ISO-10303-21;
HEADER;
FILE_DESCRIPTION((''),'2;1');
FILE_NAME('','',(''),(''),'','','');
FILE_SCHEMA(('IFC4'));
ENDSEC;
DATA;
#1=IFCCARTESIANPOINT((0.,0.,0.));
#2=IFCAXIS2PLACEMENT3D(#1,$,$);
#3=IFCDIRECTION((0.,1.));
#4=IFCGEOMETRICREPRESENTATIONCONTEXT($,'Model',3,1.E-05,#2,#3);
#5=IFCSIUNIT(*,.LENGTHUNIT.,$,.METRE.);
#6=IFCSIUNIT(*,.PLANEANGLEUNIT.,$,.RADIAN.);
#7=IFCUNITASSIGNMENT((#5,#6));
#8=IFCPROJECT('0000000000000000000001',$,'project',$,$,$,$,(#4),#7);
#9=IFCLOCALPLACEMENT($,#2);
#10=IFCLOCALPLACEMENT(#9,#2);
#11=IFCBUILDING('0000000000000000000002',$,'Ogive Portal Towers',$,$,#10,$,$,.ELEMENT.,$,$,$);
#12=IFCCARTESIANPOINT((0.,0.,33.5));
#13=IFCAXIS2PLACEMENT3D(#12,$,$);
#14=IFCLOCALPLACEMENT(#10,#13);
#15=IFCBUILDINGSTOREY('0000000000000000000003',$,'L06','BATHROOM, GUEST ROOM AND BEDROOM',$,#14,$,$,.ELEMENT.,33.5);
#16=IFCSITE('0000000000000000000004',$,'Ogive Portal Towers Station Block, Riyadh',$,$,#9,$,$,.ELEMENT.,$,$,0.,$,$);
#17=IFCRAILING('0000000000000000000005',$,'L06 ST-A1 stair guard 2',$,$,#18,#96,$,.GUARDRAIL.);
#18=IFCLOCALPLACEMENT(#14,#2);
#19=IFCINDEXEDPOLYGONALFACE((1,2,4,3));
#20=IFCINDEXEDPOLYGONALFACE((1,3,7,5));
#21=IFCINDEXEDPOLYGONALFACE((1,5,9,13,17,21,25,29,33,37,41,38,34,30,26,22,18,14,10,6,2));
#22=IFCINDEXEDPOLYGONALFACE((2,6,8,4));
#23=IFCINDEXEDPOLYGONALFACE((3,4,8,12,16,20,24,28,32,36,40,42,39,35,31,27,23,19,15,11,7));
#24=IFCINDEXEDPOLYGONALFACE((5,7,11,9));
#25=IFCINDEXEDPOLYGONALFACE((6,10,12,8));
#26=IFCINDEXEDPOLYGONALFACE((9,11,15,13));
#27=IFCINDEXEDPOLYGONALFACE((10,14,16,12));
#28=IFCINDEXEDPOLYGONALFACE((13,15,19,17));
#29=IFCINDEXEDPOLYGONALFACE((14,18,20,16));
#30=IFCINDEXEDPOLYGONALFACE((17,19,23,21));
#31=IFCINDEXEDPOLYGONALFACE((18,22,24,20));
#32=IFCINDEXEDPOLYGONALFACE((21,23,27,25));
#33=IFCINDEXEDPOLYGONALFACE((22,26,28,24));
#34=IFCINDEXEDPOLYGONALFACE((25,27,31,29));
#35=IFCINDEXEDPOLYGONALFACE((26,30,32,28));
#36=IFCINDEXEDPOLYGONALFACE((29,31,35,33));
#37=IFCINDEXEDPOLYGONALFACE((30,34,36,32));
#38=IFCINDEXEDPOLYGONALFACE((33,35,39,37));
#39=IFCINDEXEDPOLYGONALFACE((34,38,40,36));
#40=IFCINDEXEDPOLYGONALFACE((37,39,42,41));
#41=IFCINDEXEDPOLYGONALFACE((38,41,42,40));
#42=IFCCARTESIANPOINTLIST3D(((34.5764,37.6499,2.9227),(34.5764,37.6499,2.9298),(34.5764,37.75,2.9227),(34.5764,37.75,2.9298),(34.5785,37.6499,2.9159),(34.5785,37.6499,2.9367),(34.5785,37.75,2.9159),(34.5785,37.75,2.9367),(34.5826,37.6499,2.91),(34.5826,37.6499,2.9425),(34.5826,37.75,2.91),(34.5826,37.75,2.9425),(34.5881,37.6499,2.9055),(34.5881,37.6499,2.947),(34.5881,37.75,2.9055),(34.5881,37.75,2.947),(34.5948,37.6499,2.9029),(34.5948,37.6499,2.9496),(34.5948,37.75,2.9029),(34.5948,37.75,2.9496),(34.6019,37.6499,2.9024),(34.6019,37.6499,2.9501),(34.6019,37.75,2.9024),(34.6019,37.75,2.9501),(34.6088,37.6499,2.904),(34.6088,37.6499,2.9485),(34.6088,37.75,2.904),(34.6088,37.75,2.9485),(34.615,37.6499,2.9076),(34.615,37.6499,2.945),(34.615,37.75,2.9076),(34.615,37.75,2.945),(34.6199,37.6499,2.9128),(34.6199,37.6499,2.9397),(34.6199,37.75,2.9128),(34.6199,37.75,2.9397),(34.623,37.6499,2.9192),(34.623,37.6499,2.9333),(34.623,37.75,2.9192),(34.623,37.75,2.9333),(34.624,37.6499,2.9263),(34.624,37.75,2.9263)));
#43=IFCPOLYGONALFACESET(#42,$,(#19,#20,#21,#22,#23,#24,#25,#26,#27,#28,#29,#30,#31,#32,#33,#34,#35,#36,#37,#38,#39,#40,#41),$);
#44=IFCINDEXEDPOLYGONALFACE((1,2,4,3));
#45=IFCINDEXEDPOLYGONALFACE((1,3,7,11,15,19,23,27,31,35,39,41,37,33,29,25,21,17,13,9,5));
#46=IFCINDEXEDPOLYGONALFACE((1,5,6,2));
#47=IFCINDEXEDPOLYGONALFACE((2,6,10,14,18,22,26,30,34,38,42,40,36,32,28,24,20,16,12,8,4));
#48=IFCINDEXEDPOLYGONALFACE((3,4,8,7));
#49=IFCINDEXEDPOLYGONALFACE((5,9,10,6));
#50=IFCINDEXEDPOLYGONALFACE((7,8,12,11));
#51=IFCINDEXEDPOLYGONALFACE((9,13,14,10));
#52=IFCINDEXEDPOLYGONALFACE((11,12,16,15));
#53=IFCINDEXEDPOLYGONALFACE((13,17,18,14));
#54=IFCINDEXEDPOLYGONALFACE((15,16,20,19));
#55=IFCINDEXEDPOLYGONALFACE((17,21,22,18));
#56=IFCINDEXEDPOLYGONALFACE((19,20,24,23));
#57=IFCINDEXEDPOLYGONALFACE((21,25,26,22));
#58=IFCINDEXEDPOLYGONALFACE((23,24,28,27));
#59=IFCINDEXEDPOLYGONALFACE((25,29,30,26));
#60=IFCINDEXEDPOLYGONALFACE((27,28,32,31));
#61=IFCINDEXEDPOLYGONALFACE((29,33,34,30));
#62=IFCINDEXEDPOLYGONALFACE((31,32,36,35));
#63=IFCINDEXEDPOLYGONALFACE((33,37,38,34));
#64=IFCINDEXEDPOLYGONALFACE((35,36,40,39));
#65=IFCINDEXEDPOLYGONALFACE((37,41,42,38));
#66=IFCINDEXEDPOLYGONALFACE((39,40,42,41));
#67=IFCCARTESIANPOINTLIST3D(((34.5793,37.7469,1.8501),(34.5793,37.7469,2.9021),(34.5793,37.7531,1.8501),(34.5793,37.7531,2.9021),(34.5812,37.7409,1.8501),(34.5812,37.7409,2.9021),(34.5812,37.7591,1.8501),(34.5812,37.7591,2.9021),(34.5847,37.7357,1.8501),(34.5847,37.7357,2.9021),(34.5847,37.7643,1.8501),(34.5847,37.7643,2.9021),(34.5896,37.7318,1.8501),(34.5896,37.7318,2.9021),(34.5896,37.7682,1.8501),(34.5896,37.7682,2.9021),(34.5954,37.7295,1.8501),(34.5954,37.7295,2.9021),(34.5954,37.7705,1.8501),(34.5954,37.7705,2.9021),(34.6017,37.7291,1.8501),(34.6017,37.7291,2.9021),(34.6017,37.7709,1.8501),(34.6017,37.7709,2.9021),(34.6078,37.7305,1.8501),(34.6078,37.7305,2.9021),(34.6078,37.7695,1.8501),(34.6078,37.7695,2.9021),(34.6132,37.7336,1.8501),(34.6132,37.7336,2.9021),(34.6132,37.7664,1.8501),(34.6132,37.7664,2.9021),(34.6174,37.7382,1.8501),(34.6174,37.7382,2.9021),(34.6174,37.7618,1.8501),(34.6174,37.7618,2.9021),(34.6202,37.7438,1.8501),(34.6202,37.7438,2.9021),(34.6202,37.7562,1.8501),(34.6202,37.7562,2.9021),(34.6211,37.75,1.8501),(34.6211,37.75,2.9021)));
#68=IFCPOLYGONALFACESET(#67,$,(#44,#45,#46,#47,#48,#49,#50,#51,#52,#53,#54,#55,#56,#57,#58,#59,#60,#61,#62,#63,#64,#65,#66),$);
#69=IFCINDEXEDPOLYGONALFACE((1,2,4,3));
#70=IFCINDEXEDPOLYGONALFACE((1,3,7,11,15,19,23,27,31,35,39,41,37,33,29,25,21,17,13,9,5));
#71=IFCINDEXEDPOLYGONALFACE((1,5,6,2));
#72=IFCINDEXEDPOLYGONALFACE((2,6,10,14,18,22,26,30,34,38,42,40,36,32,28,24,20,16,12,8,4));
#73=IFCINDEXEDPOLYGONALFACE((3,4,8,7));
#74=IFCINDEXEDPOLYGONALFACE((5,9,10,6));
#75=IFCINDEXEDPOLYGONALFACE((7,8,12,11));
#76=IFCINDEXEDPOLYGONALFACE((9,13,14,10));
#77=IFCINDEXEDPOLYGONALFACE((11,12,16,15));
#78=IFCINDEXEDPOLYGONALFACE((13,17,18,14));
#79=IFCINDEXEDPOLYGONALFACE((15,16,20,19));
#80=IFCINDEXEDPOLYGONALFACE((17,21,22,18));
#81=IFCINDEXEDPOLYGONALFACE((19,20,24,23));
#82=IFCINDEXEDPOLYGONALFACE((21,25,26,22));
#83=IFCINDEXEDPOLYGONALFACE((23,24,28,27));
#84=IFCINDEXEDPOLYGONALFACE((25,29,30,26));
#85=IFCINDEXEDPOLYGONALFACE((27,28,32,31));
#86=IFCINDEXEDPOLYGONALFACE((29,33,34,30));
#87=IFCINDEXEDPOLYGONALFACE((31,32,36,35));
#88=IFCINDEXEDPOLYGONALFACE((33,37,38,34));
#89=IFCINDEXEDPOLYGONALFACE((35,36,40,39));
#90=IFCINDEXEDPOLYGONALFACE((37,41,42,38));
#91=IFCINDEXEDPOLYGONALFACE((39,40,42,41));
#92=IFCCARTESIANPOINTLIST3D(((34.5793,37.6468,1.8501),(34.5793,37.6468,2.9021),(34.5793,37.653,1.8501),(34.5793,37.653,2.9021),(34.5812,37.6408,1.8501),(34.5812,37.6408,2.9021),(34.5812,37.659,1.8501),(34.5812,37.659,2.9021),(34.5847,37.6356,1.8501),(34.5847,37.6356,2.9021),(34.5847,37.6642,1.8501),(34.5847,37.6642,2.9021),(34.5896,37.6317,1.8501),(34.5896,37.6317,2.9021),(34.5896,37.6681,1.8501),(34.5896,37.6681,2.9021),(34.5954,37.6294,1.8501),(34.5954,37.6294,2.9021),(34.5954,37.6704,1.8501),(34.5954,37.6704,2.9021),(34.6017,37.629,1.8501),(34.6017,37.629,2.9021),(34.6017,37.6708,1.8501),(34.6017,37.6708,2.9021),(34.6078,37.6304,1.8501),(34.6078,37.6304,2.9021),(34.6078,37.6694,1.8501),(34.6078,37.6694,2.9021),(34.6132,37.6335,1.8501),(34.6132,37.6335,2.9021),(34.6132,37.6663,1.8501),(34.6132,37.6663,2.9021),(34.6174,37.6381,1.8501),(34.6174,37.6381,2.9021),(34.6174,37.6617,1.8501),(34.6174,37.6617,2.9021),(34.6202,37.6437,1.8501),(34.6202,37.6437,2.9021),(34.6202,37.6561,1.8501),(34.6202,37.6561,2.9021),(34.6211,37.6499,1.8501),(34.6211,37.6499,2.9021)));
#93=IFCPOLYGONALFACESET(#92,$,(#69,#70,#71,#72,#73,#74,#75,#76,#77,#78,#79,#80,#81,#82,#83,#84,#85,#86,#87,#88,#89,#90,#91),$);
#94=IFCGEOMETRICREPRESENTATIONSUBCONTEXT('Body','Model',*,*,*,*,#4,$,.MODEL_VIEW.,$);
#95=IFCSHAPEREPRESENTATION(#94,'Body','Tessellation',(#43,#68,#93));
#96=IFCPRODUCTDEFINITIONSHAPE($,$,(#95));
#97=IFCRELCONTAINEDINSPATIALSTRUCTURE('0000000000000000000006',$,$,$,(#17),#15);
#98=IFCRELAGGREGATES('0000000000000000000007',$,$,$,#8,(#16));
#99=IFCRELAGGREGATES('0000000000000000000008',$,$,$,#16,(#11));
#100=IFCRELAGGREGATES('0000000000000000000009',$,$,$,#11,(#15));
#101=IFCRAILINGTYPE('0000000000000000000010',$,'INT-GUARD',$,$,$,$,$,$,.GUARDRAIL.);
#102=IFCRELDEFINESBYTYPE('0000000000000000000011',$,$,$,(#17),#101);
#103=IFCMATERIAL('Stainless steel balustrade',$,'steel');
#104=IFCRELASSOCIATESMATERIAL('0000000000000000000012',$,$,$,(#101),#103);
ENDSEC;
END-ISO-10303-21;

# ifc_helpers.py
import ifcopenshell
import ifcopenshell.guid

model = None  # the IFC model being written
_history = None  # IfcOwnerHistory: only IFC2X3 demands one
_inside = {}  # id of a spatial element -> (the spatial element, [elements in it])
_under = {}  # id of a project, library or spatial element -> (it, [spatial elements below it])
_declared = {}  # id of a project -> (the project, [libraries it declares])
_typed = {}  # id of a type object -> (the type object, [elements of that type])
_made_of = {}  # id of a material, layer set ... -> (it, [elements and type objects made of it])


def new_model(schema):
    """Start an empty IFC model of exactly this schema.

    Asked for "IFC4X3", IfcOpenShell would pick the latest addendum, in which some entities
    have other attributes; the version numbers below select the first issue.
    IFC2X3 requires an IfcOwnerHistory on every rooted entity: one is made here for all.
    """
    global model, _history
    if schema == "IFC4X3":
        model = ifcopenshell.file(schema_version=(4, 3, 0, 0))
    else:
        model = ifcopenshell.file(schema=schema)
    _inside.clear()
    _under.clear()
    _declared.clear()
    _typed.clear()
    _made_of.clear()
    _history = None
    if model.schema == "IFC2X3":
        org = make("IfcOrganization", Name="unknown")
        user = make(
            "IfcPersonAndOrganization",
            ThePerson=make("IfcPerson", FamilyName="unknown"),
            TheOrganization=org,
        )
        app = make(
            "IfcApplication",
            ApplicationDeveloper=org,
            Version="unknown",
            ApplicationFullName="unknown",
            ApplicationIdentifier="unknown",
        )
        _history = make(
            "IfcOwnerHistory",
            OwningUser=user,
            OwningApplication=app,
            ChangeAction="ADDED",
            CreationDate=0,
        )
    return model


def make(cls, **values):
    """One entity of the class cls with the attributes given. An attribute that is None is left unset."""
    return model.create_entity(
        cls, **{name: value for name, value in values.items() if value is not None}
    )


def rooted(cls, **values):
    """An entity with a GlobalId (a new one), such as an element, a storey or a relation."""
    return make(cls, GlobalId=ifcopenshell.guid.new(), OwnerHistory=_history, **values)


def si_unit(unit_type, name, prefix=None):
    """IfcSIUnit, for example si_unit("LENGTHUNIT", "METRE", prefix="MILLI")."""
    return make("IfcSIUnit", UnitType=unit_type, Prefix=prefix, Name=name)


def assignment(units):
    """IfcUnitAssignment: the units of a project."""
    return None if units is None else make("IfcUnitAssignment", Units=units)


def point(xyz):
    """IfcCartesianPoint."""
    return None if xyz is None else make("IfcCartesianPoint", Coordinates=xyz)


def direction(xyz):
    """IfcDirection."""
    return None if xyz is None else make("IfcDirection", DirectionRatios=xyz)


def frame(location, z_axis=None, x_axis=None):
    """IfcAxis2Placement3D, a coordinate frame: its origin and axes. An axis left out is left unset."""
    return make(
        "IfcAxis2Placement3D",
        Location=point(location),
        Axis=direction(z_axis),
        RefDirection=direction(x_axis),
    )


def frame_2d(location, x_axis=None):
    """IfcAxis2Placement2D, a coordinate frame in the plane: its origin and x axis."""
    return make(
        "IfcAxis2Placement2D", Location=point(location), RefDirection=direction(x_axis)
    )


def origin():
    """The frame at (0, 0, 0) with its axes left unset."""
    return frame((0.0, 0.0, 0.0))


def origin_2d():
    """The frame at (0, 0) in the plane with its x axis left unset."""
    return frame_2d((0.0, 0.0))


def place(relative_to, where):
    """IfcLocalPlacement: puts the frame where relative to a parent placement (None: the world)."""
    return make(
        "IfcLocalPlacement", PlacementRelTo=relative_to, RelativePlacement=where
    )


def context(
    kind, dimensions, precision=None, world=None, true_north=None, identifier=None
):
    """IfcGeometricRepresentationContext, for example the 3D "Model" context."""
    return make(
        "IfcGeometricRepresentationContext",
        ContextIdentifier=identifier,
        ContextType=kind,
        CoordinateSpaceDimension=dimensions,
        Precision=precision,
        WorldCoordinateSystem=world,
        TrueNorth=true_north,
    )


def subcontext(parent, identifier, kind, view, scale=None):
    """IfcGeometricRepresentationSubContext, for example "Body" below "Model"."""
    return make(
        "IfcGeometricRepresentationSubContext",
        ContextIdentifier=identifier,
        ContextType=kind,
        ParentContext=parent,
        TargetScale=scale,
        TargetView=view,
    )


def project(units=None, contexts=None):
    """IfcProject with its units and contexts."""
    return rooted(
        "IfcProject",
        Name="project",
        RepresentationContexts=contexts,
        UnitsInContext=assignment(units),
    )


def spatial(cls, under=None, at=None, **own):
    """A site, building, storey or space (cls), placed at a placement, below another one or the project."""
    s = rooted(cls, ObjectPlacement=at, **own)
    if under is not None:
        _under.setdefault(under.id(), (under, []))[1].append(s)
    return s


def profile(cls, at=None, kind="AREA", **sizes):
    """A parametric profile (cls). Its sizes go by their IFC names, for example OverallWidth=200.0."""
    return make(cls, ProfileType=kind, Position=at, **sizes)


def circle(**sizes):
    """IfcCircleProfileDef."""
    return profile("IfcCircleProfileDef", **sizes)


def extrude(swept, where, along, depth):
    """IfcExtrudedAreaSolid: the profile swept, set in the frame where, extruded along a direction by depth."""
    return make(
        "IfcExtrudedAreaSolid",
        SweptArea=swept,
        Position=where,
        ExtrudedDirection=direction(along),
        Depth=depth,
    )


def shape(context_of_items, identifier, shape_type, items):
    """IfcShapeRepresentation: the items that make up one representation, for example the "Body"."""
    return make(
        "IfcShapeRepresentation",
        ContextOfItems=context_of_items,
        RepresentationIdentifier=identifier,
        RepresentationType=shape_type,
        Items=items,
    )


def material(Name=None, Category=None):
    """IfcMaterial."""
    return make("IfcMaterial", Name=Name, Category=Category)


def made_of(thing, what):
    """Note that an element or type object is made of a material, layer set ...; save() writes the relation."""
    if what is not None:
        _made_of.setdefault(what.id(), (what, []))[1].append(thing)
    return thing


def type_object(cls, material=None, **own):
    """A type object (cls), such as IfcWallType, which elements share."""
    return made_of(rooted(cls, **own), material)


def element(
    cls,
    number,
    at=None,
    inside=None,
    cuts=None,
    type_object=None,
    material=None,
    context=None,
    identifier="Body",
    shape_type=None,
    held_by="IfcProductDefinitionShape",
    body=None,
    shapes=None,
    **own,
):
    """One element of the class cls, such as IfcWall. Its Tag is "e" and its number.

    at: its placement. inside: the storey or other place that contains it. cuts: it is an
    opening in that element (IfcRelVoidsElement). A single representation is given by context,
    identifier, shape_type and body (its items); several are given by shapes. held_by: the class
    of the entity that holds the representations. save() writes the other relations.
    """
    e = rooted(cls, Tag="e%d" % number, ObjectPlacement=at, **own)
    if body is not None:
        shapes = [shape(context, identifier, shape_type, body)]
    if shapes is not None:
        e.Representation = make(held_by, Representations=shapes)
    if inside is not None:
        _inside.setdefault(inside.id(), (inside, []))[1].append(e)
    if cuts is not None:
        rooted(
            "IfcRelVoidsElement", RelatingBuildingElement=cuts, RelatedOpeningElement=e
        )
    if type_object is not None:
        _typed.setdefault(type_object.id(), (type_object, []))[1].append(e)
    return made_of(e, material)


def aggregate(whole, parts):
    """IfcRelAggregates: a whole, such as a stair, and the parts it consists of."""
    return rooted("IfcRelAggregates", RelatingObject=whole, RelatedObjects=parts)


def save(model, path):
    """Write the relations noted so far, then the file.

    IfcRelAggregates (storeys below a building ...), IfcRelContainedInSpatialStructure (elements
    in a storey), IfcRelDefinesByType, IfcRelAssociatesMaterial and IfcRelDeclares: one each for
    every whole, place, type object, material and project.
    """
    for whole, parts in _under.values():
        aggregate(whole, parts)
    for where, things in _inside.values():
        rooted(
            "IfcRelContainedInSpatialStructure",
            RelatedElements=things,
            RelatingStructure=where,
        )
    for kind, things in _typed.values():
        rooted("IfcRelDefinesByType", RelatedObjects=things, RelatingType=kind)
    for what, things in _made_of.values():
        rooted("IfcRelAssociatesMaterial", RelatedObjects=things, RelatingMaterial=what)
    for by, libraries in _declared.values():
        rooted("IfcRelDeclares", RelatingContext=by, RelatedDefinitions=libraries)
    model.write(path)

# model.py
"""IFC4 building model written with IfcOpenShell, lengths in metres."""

from ifc_helpers import new_model, si_unit, direction, frame, origin, origin_2d, place, context, subcontext, project, spatial, circle, extrude, material, type_object, element, save


model = new_model("IFC4")

# Units and contexts
model_context = context("Model", 3, precision=1e-05, world=origin(), true_north=direction((0.0, 1.0)))
body_context = subcontext(model_context, "Body", "Model", "MODEL_VIEW")
ifc_project = project(units=[si_unit("LENGTHUNIT", "METRE"), si_unit("PLANEANGLEUNIT", "RADIAN")], contexts=[model_context])

# Site, building, storey
site_placement = place(None, origin())
site = spatial("IfcSite", under=ifc_project, at=site_placement, Name="Ogive Portal Towers Station Block, Riyadh", CompositionType="ELEMENT", RefElevation=0.0)
building_placement = place(site_placement, origin())
building = spatial("IfcBuilding", under=site, at=building_placement, Name="Ogive Portal Towers", CompositionType="ELEMENT")
storey_placement = place(building_placement, frame((0.0, 0.0, 33.5)))
storey = spatial("IfcBuildingStorey", under=building, at=storey_placement, Name="L06", Description="BATHROOM, GUEST ROOM AND BEDROOM", CompositionType="ELEMENT", Elevation=33.5)

# Railing
ifc_material_1 = material(Name="Stainless steel balustrade", Category="steel")
railing_type_1 = type_object("IfcRailingType", Name="INT-GUARD", PredefinedType="GUARDRAIL", material=ifc_material_1)
railing_1_placement = place(storey_placement, frame((34.6001, 37.75, 1.8501)))
element("IfcRailing", 1, at=railing_1_placement, inside=storey, type_object=railing_type_1, Name="L06 ST-A1 stair guard 2", PredefinedType="GUARDRAIL", context=body_context, shape_type="SweptSolid", body=[
    extrude(circle(Radius=0.0239, at=origin_2d()), frame((0.0, 0.0, 1.0762), z_axis=(0.0, -1.0, 0.0), x_axis=(1.0, 0.0, 0.0)), (0.0, 0.0, 1.0), 0.1001),
    extrude(circle(Radius=0.021, at=origin_2d()), origin(), (0.0, 0.0, 1.0), 1.052),
    extrude(circle(Radius=0.021, at=origin_2d()), frame((0.0, -0.1001, 0.0)), (0.0, 0.0, 1.0), 1.052),
])

save(model, "model.ifc")
